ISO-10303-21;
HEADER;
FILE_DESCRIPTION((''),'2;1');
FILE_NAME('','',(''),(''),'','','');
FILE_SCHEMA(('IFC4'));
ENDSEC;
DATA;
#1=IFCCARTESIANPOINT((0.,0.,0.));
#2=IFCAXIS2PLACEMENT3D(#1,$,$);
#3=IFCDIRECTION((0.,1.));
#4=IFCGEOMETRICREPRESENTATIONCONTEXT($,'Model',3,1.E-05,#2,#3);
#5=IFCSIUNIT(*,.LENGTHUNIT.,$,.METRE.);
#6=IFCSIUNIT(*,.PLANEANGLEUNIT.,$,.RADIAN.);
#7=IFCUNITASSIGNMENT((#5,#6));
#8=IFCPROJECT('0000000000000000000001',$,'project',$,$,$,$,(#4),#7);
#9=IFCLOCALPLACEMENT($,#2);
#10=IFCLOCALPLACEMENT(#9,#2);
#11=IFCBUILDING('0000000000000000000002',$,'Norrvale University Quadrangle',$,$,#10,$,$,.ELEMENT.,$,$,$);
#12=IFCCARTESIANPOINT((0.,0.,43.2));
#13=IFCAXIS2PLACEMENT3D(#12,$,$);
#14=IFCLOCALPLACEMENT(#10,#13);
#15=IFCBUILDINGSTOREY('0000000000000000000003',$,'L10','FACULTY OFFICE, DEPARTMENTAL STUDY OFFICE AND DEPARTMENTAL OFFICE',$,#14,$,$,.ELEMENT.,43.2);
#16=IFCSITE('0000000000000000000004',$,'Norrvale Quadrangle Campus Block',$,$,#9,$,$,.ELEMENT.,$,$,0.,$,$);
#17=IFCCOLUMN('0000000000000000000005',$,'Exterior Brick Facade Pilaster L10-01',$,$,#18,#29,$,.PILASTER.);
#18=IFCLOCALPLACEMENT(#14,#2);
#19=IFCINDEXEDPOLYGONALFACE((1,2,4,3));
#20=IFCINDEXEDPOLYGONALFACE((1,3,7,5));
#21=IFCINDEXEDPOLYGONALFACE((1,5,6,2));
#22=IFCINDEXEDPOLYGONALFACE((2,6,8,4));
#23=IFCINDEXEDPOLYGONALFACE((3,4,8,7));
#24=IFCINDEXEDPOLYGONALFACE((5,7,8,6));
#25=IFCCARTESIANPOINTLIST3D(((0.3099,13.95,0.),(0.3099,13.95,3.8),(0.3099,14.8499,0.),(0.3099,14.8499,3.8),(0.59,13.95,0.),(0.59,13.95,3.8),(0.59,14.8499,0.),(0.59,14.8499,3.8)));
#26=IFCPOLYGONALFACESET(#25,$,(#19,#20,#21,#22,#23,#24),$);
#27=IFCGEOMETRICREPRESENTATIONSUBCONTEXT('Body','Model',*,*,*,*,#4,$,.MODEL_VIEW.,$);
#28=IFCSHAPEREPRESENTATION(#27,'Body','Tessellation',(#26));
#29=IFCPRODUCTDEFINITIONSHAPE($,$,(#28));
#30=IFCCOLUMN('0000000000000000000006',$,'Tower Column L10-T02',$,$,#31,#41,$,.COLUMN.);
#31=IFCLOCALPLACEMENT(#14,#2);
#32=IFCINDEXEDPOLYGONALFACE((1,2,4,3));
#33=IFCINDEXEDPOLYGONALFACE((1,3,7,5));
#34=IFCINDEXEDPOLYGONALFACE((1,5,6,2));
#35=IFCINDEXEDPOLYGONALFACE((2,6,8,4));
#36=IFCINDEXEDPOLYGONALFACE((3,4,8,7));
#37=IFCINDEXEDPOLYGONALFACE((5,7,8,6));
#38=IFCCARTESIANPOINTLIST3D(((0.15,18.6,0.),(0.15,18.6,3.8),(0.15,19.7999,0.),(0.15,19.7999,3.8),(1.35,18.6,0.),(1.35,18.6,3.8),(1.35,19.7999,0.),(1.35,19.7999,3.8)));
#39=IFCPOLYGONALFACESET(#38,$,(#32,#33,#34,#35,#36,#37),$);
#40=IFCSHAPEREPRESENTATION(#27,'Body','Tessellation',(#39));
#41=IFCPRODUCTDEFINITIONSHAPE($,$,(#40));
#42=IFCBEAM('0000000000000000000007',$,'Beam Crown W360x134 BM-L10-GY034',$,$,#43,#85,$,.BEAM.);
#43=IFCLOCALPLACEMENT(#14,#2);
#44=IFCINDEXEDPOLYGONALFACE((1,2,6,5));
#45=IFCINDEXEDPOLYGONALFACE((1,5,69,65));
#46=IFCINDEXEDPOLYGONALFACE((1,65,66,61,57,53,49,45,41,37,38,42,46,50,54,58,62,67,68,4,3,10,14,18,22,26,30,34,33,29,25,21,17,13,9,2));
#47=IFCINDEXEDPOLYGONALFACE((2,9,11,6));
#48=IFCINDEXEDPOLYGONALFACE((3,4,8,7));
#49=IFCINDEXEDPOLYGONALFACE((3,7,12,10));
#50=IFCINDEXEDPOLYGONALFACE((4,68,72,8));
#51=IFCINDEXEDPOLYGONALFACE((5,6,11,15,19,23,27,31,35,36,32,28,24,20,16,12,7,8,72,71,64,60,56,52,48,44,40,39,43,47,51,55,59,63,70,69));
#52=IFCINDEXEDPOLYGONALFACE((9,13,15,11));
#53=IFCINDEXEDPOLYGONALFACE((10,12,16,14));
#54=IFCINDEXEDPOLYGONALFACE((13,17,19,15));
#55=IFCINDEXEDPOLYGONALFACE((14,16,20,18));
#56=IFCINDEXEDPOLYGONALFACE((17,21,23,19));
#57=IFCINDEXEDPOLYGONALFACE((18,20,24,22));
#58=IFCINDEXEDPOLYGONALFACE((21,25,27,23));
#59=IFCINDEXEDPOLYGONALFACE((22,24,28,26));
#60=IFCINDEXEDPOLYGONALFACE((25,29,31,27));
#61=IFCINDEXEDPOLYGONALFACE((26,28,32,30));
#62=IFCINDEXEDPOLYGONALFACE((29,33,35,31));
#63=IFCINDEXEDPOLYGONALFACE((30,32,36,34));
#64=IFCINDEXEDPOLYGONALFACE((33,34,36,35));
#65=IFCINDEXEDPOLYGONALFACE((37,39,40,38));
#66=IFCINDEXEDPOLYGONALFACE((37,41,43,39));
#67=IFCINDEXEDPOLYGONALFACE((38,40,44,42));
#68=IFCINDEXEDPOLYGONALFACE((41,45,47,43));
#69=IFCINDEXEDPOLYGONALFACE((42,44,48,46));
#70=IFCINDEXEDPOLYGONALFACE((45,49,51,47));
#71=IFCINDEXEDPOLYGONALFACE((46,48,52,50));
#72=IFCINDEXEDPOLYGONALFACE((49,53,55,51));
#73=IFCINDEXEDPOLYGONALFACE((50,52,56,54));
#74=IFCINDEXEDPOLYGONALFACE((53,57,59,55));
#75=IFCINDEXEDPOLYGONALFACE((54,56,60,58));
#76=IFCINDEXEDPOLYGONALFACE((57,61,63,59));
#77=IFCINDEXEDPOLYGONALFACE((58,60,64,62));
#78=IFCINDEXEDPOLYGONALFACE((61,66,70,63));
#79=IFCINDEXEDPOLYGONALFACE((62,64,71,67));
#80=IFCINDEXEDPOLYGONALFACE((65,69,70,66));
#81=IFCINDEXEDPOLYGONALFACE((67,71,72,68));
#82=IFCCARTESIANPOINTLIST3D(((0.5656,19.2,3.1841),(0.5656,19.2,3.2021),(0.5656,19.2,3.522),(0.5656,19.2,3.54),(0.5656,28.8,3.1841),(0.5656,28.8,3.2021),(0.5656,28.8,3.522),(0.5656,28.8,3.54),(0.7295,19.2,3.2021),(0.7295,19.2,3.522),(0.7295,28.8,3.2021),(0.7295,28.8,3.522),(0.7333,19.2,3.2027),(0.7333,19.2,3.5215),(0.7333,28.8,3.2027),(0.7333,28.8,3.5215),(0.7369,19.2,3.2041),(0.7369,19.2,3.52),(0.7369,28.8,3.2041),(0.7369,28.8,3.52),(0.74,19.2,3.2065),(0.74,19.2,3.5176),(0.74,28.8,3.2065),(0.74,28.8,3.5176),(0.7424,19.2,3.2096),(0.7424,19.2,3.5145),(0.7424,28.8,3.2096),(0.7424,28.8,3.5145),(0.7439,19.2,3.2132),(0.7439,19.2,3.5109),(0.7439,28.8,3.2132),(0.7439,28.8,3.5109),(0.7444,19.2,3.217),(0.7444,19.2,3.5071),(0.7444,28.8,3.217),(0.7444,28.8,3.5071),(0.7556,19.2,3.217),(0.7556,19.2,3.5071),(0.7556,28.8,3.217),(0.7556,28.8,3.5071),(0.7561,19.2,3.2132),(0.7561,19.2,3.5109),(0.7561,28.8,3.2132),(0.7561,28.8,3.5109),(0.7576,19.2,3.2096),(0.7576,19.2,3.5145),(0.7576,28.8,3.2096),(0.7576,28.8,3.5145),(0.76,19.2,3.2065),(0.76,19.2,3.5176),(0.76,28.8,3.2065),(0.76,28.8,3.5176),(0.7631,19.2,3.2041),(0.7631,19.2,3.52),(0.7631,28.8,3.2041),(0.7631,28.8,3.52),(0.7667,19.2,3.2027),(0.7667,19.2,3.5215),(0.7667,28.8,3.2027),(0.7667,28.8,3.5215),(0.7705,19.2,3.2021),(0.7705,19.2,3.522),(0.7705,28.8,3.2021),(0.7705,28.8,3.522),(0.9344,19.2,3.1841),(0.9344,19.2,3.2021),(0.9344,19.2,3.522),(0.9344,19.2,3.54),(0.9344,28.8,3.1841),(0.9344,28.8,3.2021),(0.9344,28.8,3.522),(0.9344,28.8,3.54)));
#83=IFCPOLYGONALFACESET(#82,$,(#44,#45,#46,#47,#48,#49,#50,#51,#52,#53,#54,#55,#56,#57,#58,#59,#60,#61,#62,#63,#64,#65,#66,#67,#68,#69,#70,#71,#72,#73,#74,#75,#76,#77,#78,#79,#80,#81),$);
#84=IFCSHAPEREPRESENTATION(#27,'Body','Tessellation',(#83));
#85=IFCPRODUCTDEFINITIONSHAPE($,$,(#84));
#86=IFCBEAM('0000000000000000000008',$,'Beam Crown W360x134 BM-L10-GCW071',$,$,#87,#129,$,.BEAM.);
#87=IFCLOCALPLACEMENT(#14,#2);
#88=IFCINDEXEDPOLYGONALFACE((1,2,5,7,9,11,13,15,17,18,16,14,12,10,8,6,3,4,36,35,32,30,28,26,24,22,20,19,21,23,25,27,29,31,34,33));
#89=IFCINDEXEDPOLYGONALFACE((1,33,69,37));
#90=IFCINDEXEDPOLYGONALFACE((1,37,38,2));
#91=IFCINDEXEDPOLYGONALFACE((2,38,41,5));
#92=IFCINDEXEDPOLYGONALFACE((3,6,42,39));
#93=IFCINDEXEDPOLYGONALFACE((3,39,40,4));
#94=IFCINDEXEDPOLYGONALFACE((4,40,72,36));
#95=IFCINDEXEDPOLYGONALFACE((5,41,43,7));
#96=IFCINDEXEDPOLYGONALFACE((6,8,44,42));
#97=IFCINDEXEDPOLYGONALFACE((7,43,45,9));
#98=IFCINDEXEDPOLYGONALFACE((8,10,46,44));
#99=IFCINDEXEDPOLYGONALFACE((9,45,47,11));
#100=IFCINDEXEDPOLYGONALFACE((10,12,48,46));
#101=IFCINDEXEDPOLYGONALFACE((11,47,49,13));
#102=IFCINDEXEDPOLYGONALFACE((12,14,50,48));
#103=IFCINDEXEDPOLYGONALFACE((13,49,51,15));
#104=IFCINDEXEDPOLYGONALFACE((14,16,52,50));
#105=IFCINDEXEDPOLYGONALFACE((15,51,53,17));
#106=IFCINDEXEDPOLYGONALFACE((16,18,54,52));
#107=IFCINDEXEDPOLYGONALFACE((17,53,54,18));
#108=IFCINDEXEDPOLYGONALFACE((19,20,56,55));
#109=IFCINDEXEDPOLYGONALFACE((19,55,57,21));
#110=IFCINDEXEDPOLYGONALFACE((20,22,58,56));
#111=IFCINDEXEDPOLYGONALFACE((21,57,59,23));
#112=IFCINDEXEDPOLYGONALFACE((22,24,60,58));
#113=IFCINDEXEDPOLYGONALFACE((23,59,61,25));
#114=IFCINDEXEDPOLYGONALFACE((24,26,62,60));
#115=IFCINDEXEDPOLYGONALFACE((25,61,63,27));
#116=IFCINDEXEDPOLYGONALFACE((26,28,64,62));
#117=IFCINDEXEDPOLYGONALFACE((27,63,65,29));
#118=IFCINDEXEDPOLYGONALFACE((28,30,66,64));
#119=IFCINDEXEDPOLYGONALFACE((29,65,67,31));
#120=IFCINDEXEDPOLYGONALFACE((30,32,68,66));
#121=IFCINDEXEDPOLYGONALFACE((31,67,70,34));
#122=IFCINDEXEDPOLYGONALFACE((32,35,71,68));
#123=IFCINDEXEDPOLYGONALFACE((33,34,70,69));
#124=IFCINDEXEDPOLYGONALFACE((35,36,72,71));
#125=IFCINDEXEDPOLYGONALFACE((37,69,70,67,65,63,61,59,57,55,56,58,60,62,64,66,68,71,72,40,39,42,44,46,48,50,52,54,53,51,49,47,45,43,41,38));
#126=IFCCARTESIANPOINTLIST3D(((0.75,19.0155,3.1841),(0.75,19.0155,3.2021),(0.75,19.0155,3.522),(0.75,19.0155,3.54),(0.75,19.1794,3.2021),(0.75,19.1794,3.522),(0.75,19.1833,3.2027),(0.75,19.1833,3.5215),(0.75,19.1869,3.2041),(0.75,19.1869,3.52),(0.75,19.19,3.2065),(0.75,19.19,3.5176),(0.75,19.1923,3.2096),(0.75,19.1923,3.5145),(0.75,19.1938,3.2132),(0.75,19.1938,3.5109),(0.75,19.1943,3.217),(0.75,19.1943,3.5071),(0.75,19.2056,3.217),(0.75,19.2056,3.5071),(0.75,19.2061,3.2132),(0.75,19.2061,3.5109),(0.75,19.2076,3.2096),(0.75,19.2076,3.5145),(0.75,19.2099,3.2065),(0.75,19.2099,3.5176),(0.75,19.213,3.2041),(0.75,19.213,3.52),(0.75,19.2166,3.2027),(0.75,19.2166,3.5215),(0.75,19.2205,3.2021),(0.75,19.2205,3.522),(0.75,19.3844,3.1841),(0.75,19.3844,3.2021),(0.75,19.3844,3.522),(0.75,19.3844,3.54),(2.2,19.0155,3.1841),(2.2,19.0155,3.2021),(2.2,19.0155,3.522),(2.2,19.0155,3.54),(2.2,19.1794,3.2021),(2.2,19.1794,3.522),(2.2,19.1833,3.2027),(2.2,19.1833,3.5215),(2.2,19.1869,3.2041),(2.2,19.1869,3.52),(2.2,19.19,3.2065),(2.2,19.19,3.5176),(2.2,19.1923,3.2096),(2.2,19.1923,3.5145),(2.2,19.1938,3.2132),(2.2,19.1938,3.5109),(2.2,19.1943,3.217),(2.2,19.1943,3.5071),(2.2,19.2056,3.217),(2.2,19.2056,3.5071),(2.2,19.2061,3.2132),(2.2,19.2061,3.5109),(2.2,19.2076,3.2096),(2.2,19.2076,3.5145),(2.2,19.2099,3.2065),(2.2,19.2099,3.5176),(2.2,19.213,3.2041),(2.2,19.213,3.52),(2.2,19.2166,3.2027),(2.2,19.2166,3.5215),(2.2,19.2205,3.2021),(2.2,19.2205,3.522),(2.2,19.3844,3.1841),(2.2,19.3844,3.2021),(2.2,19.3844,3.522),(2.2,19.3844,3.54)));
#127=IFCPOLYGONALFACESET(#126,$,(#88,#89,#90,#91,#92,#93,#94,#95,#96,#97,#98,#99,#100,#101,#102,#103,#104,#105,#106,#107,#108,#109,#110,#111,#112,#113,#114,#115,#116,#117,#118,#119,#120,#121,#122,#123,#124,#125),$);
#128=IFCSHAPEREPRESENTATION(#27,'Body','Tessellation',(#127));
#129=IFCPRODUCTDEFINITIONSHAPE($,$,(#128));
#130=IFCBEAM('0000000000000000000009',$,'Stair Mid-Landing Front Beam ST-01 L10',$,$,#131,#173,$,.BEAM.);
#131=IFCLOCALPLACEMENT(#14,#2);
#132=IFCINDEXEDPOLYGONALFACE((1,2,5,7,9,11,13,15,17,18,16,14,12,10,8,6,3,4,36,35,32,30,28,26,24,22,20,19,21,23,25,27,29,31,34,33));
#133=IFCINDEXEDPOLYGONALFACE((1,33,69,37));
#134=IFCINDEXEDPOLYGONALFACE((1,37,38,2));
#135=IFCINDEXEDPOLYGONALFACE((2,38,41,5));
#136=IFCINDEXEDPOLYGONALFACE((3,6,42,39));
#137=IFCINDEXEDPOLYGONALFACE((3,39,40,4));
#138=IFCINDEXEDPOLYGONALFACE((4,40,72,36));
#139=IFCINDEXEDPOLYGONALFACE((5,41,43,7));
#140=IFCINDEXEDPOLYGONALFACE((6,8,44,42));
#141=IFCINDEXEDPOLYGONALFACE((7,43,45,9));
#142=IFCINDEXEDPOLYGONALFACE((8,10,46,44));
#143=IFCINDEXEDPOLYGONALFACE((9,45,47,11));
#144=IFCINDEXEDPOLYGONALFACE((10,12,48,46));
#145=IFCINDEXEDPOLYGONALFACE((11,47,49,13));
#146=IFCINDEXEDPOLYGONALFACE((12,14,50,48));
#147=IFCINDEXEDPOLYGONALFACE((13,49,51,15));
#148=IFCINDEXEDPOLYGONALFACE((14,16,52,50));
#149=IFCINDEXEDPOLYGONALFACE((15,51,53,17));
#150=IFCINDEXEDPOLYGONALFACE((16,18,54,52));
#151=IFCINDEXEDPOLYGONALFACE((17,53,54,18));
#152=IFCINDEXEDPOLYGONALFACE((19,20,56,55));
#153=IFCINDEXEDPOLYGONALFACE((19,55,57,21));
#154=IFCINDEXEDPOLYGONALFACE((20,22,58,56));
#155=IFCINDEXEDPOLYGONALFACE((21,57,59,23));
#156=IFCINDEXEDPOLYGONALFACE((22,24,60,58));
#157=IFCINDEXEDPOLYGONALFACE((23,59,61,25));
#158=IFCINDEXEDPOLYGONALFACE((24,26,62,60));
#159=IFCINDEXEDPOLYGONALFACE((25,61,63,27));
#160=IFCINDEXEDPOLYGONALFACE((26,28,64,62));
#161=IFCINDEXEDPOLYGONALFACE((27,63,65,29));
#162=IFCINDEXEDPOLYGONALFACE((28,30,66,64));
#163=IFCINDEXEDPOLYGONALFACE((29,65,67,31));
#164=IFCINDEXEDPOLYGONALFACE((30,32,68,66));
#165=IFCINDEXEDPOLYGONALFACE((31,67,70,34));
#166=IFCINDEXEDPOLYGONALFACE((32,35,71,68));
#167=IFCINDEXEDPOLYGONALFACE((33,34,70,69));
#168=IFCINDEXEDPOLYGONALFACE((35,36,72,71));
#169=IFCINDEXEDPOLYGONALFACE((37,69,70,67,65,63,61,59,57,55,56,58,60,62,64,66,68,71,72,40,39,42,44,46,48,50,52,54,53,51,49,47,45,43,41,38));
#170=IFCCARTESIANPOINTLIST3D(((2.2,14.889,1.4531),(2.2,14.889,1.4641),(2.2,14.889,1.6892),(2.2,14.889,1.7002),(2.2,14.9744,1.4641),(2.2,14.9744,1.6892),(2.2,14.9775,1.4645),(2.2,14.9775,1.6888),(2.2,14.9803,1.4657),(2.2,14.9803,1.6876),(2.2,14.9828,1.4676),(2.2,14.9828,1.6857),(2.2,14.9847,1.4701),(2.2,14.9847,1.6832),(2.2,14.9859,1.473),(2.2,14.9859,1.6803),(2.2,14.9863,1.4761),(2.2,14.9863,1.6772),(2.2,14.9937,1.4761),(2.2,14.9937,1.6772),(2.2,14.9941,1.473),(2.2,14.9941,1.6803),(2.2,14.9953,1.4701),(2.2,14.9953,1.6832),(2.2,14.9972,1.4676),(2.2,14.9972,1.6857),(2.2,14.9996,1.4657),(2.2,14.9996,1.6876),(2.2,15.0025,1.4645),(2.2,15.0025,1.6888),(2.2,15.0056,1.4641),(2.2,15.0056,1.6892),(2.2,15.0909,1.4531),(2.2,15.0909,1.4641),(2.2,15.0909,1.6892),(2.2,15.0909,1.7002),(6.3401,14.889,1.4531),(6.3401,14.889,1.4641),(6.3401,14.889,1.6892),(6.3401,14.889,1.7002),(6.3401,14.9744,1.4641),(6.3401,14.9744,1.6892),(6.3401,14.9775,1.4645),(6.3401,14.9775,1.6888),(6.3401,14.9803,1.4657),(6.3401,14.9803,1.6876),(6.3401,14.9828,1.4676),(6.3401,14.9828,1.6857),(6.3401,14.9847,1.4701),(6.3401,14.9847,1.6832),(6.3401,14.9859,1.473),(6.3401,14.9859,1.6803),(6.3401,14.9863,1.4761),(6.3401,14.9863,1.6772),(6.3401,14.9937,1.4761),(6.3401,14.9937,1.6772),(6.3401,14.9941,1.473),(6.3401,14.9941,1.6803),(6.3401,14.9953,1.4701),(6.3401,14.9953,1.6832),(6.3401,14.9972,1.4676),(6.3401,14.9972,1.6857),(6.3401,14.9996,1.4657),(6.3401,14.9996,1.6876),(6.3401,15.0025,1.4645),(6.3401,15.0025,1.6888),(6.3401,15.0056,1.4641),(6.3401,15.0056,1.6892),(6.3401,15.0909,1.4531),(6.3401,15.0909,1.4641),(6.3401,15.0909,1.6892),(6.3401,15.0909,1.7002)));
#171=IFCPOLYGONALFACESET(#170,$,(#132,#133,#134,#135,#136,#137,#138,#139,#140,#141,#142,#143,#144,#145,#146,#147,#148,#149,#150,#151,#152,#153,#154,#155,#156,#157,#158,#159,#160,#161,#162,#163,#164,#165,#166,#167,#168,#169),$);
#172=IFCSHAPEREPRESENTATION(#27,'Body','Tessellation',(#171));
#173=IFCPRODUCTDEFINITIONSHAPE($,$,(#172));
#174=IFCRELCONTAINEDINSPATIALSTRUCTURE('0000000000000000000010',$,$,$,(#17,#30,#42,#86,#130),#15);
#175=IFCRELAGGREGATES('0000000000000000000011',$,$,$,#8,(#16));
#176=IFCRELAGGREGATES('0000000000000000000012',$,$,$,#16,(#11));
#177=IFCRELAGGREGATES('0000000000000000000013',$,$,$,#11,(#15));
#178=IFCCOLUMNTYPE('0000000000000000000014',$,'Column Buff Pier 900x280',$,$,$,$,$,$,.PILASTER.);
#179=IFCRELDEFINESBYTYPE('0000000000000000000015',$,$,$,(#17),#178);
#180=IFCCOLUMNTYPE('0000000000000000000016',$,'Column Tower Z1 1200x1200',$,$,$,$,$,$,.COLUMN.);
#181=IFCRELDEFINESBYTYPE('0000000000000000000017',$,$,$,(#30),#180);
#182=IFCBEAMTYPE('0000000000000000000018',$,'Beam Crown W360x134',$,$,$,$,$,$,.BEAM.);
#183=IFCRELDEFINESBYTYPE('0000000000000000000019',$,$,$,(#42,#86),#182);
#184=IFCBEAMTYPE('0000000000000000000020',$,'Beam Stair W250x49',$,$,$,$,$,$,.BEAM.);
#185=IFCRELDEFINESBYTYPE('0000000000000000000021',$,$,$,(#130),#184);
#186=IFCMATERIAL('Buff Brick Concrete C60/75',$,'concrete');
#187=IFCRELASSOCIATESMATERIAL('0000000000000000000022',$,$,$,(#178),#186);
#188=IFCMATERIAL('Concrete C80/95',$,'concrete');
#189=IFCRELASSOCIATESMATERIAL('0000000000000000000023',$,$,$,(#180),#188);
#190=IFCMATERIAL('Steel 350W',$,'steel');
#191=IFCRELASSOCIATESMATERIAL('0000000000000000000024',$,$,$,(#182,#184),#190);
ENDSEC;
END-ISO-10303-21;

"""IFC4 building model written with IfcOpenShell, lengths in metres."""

from ifc_helpers import new_model, si_unit, direction, frame, origin, origin_2d, place, context, subcontext, project, spatial, rectangle, i_section, extrude, material, material_profile, profile_set, type_object, element, save


model = new_model("IFC4")

# Units and contexts
model_context = context("Model", 3, precision=1e-05, world=origin(), true_north=direction((0.0, 1.0)))
body_context = subcontext(model_context, "Body", "Model", "MODEL_VIEW")
ifc_project = project(units=[si_unit("LENGTHUNIT", "METRE"), si_unit("PLANEANGLEUNIT", "RADIAN")], contexts=[model_context])

# Site, building, storey
site_placement = place(None, origin())
site = spatial("IfcSite", under=ifc_project, at=site_placement, Name="Norrvale Quadrangle Campus Block", CompositionType="ELEMENT", RefElevation=0.0)
building_placement = place(site_placement, origin())
building = spatial("IfcBuilding", under=site, at=building_placement, Name="Norrvale University Quadrangle", CompositionType="ELEMENT")
storey_placement = place(building_placement, frame((0.0, 0.0, 43.2)))
storey = spatial("IfcBuildingStorey", under=building, at=storey_placement, Name="L10", Description="FACULTY OFFICE, DEPARTMENTAL STUDY OFFICE AND DEPARTMENTAL OFFICE", CompositionType="ELEMENT", Elevation=43.2)

# Columns
ifc_material_1 = material(Name="Buff Brick Concrete C60/75", Category="concrete")
ifc_material_profile_1 = material_profile(ifc_material_1, rectangle(XDim=0.8999, YDim=0.28, at=origin_2d()), Name="Buff Brick Concrete C60/75")
ifc_profile_set_1 = profile_set([ifc_material_profile_1], Name="Buff Brick Concrete C60/75")
column_type_1 = type_object("IfcColumnType", Name="Column Buff Pier 900x280", PredefinedType="PILASTER", material=ifc_profile_set_1)
column_1_placement = place(storey_placement, frame((0.45, 14.3999, 0.0), z_axis=(0.0, 0.0, 1.0), x_axis=(0.0, 1.0, 0.0)))
element("IfcColumn", 1, at=column_1_placement, inside=storey, type_object=column_type_1, Name="Exterior Brick Facade Pilaster L10-01", PredefinedType="PILASTER", context=body_context, shape_type="SweptSolid", body=[
    extrude(rectangle(XDim=0.8999, YDim=0.28, at=origin_2d()), origin(), (0.0, 0.0, 1.0), 3.8),
])
ifc_material_2 = material(Name="Concrete C80/95", Category="concrete")
ifc_material_profile_2 = material_profile(ifc_material_2, rectangle(XDim=1.2, YDim=1.2, at=origin_2d()), Name="Concrete C80/95")
ifc_profile_set_2 = profile_set([ifc_material_profile_2], Name="Concrete C80/95")
column_type_2 = type_object("IfcColumnType", Name="Column Tower Z1 1200x1200", PredefinedType="COLUMN", material=ifc_profile_set_2)
column_2_placement = place(storey_placement, frame((0.75, 19.2, 0.0), z_axis=(0.0, 0.0, 1.0), x_axis=(1.0, 0.0, 0.0)))
element("IfcColumn", 2, at=column_2_placement, inside=storey, type_object=column_type_2, Name="Tower Column L10-T02", PredefinedType="COLUMN", context=body_context, shape_type="SweptSolid", body=[
    extrude(rectangle(XDim=1.2, YDim=1.2, at=origin_2d()), origin(), (0.0, 0.0, 1.0), 3.8),
])

# Beams
ifc_material_3 = material(Name="Steel 350W", Category="steel")
ifc_material_profile_3 = material_profile(ifc_material_3, i_section(OverallWidth=0.3689, OverallDepth=0.356, WebThickness=0.0112, FlangeThickness=0.0181, FilletRadius=0.0149, at=origin_2d()), Name="Steel 350W")
ifc_profile_set_3 = profile_set([ifc_material_profile_3], Name="Steel 350W")
beam_type_1 = type_object("IfcBeamType", Name="Beam Crown W360x134", PredefinedType="BEAM", material=ifc_profile_set_3)
beam_1_placement = place(storey_placement, frame((0.75, 19.2, 3.3621), z_axis=(0.0, 1.0, 0.0), x_axis=(-1.0, 0.0, 0.0)))
element("IfcBeam", 3, at=beam_1_placement, inside=storey, type_object=beam_type_1, Name="Beam Crown W360x134 BM-L10-GY034", PredefinedType="BEAM", context=body_context, shape_type="SweptSolid", body=[
    extrude(i_section(OverallWidth=0.3689, OverallDepth=0.356, WebThickness=0.0112, FlangeThickness=0.0181, FilletRadius=0.0149, at=origin_2d()), origin(), (0.0, 0.0, 1.0), 9.6001),
])
beam_2_placement = place(storey_placement, frame((0.75, 19.2, 3.3621), z_axis=(1.0, 0.0, 0.0), x_axis=(0.0, 1.0, 0.0)))
element("IfcBeam", 4, at=beam_2_placement, inside=storey, type_object=beam_type_1, Name="Beam Crown W360x134 BM-L10-GCW071", PredefinedType="BEAM", context=body_context, shape_type="SweptSolid", body=[
    extrude(i_section(OverallWidth=0.3689, OverallDepth=0.356, WebThickness=0.0112, FlangeThickness=0.0181, FilletRadius=0.0149, at=origin_2d()), origin(), (0.0, 0.0, 1.0), 1.45),
])
ifc_material_profile_4 = material_profile(ifc_material_3, i_section(OverallWidth=0.2019, OverallDepth=0.2471, WebThickness=0.0073, FlangeThickness=0.011, FilletRadius=0.012, at=origin_2d()), Name="Steel 350W")
ifc_profile_set_4 = profile_set([ifc_material_profile_4], Name="Steel 350W")
beam_type_2 = type_object("IfcBeamType", Name="Beam Stair W250x49", PredefinedType="BEAM", material=ifc_profile_set_4)
for number, where, z_axis, x_axis, name in (
    (5, (2.2, 14.99, 1.5767), (1.0, 0.0, 0.0), (0.0, 1.0, 0.0), "Stair Mid-Landing Front Beam ST-01 L10"),
):
    element("IfcBeam", number, at=place(storey_placement, frame(where, z_axis=z_axis, x_axis=x_axis)), inside=storey, type_object=beam_type_2, Name=name, PredefinedType="BEAM", context=body_context, shape_type="SweptSolid", body=[
        extrude(i_section(OverallWidth=0.2019, OverallDepth=0.2471, WebThickness=0.0073, FlangeThickness=0.011, FilletRadius=0.012, at=origin_2d()), origin(), (0.0, 0.0, 1.0), 4.1401),
    ])

save(model, "model.ifc")
